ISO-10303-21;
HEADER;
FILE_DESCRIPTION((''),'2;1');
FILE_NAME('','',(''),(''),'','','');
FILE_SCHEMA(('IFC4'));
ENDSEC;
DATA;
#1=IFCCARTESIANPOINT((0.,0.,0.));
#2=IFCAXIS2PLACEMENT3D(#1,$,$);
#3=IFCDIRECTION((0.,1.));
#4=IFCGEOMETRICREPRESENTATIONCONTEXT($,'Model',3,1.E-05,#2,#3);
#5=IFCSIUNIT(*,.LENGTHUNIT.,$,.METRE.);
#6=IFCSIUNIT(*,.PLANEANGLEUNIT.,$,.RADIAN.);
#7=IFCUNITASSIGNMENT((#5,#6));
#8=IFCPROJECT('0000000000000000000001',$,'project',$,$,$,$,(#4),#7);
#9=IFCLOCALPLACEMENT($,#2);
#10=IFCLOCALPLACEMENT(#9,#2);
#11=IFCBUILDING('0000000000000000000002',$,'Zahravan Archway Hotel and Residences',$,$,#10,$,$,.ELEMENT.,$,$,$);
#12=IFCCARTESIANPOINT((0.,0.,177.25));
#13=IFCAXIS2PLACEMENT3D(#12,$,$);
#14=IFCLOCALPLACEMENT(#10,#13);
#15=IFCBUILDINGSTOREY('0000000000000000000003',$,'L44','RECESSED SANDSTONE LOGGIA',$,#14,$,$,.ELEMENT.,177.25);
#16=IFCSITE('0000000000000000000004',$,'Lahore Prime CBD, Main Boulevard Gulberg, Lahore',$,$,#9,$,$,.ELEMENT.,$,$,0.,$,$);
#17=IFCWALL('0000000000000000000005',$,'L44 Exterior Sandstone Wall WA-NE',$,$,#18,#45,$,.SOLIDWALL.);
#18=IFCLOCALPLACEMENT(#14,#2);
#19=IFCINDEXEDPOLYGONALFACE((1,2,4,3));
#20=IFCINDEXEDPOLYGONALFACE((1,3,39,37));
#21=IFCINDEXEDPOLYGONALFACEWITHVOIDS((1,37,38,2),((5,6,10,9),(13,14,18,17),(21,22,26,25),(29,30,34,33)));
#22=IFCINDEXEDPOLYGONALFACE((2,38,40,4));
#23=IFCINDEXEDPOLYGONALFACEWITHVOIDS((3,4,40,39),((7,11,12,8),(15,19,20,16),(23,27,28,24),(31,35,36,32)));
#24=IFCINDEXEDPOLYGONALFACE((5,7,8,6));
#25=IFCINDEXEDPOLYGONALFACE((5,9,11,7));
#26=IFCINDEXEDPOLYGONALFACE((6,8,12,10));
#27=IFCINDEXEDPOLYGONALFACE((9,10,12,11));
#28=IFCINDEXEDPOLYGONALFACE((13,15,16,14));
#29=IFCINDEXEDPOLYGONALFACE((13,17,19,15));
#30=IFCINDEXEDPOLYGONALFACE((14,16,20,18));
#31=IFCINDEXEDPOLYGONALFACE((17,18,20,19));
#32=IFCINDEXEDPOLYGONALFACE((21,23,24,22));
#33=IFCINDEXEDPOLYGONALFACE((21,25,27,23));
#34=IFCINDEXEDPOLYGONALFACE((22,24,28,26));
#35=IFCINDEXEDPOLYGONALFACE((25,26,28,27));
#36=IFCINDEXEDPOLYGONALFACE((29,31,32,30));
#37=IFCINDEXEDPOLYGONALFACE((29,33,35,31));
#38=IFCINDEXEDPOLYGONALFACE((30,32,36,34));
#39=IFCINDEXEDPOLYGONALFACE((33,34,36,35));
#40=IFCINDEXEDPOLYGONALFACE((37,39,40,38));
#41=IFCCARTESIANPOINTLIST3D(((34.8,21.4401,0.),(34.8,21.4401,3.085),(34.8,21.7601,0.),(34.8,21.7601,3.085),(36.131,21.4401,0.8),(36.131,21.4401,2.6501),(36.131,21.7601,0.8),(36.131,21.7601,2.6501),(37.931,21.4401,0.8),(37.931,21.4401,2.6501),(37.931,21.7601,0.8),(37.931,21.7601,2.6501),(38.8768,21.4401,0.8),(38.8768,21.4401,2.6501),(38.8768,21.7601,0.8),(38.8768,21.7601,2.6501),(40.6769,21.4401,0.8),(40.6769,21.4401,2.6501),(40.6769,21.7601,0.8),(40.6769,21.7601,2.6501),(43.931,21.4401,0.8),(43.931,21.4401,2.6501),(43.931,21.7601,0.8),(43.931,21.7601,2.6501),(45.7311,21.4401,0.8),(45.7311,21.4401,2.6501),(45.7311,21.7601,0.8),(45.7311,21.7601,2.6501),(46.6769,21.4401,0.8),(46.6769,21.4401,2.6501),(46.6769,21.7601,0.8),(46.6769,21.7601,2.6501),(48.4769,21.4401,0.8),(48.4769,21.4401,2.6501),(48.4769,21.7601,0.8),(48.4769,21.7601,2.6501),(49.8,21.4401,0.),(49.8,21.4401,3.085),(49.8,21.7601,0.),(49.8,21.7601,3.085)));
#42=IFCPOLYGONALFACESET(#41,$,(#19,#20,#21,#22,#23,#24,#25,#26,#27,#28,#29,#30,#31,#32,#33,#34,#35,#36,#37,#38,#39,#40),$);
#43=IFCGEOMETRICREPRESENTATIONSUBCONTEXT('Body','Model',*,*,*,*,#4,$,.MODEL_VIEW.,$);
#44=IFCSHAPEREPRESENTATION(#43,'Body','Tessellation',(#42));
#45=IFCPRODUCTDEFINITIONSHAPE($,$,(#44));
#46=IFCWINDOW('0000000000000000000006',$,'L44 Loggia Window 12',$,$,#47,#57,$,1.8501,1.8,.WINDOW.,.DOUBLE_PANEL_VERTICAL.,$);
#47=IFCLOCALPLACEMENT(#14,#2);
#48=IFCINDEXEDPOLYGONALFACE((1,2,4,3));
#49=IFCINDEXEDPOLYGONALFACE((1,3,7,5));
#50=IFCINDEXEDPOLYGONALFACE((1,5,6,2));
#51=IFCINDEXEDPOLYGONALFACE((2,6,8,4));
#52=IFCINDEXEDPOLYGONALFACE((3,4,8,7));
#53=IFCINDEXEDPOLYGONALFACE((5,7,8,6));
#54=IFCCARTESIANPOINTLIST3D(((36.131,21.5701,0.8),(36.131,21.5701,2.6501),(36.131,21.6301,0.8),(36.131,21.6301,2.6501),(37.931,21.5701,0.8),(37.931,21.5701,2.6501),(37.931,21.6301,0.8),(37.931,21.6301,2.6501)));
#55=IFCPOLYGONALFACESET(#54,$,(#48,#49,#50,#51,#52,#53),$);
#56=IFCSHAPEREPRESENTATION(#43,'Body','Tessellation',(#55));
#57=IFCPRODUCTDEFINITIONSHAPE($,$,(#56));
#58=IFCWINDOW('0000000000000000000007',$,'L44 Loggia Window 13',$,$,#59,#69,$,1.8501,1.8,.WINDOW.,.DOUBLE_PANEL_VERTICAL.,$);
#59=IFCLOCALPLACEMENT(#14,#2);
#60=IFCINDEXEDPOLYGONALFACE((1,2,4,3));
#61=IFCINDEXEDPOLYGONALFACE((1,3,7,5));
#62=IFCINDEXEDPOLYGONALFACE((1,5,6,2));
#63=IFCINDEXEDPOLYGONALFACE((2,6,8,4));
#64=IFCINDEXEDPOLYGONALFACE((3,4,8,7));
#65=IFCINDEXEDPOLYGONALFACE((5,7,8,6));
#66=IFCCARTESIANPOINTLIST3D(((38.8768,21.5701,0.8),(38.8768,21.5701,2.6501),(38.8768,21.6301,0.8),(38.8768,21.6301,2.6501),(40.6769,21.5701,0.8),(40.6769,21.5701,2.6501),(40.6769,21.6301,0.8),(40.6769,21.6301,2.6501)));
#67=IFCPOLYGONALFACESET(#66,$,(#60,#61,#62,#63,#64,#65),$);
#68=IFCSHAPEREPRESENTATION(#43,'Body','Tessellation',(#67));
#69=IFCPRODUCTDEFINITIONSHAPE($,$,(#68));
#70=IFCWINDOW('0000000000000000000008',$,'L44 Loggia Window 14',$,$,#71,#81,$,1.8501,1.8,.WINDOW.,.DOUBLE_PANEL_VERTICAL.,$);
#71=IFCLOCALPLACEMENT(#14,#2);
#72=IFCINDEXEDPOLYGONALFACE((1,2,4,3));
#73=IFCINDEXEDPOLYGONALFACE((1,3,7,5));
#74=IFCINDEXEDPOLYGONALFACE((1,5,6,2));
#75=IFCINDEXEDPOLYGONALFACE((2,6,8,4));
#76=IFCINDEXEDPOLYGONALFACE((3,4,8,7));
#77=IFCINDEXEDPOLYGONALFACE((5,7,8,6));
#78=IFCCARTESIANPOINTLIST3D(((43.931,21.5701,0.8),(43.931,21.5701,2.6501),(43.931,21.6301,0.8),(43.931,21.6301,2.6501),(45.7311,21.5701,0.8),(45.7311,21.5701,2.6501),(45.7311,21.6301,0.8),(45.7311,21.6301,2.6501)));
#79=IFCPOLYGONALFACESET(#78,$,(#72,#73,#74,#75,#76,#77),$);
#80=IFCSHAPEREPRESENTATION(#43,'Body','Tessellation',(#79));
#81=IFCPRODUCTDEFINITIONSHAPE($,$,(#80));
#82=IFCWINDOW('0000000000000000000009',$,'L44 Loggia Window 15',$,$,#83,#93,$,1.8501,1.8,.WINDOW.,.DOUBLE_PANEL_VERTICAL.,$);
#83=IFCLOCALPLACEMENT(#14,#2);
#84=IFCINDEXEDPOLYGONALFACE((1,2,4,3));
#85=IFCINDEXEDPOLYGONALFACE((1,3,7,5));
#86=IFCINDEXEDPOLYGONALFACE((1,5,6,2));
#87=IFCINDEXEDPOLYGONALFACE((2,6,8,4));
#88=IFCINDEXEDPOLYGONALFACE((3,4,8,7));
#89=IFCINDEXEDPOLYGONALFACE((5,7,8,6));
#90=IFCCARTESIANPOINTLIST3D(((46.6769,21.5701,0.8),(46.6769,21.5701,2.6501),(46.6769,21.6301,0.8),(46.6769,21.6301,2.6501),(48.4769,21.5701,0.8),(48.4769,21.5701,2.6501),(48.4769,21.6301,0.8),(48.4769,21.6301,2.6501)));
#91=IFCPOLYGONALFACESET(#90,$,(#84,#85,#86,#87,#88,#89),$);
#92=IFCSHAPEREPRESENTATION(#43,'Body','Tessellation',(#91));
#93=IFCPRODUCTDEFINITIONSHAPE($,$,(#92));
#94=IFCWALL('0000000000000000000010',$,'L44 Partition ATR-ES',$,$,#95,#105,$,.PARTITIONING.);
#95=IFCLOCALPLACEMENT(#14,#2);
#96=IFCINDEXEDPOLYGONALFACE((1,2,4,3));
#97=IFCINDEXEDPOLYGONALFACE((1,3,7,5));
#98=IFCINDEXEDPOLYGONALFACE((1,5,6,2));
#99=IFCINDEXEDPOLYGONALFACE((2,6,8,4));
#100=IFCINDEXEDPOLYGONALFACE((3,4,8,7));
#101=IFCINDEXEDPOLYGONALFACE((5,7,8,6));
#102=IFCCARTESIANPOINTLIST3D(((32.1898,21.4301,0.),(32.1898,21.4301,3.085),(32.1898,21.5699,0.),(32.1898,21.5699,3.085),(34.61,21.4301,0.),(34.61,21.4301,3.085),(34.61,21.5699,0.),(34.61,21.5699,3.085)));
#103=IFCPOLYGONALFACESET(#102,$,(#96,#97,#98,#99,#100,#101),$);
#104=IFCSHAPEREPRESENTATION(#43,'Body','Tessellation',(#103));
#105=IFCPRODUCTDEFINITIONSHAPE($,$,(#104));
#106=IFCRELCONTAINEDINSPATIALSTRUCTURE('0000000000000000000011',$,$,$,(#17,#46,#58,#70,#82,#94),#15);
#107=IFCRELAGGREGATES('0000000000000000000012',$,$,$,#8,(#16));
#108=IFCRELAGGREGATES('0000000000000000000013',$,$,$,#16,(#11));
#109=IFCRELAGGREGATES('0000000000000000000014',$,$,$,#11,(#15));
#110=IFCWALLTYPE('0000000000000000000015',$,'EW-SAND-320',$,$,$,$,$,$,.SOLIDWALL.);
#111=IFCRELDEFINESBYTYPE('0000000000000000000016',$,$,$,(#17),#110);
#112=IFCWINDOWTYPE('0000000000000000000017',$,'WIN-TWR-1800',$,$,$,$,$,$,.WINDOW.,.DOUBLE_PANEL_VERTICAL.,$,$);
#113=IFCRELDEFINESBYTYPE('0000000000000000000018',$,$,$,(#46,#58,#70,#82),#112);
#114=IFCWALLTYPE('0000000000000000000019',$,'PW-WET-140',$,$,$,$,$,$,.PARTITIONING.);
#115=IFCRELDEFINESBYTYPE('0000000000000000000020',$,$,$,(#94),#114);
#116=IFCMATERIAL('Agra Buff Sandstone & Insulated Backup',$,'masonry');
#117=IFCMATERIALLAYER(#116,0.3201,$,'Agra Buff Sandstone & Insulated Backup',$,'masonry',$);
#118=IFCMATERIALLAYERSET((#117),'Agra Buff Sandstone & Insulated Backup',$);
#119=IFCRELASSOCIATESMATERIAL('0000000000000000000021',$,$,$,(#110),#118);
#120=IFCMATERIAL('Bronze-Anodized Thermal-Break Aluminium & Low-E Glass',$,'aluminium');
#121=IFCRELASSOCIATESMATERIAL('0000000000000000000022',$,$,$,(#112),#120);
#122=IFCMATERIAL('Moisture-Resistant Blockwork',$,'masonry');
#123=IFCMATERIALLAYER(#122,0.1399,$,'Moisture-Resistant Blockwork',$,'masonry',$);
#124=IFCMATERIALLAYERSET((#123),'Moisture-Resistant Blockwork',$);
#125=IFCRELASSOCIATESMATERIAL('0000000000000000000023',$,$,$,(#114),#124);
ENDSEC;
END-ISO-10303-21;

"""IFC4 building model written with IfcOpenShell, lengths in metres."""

from ifc_helpers import new_model, si_unit, direction, frame, frame_2d, origin, place, context, subcontext, project, spatial, rectangle, extrude, source, transform, mapped, material, layer, layer_set, type_object, type_shapes, element, fill, save


model = new_model("IFC4")

# Units and contexts
model_context = context("Model", 3, precision=1e-05, world=origin(), true_north=direction((0.0, 1.0)))
body_context = subcontext(model_context, "Body", "Model", "MODEL_VIEW")
ifc_project = project(units=[si_unit("LENGTHUNIT", "METRE"), si_unit("PLANEANGLEUNIT", "RADIAN")], contexts=[model_context])

# Site, building, storey
site_placement = place(None, origin())
site = spatial("IfcSite", under=ifc_project, at=site_placement, Name="Lahore Prime CBD, Main Boulevard Gulberg, Lahore", CompositionType="ELEMENT", RefElevation=0.0)
building_placement = place(site_placement, origin())
building = spatial("IfcBuilding", under=site, at=building_placement, Name="Zahravan Archway Hotel and Residences", CompositionType="ELEMENT")
storey_placement = place(building_placement, frame((0.0, 0.0, 177.25)))
storey = spatial("IfcBuildingStorey", under=building, at=storey_placement, Name="L44", Description="RECESSED SANDSTONE LOGGIA", CompositionType="ELEMENT", Elevation=177.25)

# Wall, openings, windows
ifc_material_1 = material(Name="Agra Buff Sandstone & Insulated Backup", Category="masonry")
ifc_layer_1 = layer(ifc_material_1, 0.3201, Name="Agra Buff Sandstone & Insulated Backup", Category="masonry")
ifc_layer_set_1 = layer_set([ifc_layer_1], Name="Agra Buff Sandstone & Insulated Backup")
wall_type_1 = type_object("IfcWallType", Name="EW-SAND-320", PredefinedType="SOLIDWALL", material=ifc_layer_set_1)
wall_1_placement = place(storey_placement, frame((34.8, 21.6001, 0.0), z_axis=(0.0, 0.0, 1.0), x_axis=(1.0, 0.0, 0.0)))
wall_1 = element("IfcWall", 1, at=wall_1_placement, inside=storey, type_object=wall_type_1, Name="L44 Exterior Sandstone Wall WA-NE", PredefinedType="SOLIDWALL", context=body_context, shape_type="SweptSolid", body=[
    extrude(rectangle(XDim=15.0, YDim=0.3201, at=frame_2d((7.5, 0.0))), origin(), (0.0, 0.0, 1.0), 3.085),
])
opening_1_placement = place(wall_1_placement, frame((1.3311, 0.0, 0.8)))
opening_1 = element("IfcOpeningElement", 2, at=opening_1_placement, cuts=wall_1, PredefinedType="OPENING", context=body_context, shape_type="SweptSolid", body=[
    extrude(rectangle(XDim=1.8, YDim=1.8501, at=frame_2d((0.8999, 0.925))), frame((0.0, 0.1699, 0.0), z_axis=(0.0, -1.0, 0.0), x_axis=(1.0, 0.0, 0.0)), (0.0, 0.0, 1.0), 0.3401),
])
opening_2_placement = place(wall_1_placement, frame((4.0769, 0.0, 0.8)))
opening_2 = element("IfcOpeningElement", 3, at=opening_2_placement, cuts=wall_1, PredefinedType="OPENING", context=body_context, shape_type="SweptSolid", body=[
    extrude(rectangle(XDim=1.8, YDim=1.8501, at=frame_2d((0.8999, 0.925))), frame((0.0, 0.1699, 0.0), z_axis=(0.0, -1.0, 0.0), x_axis=(1.0, 0.0, 0.0)), (0.0, 0.0, 1.0), 0.3401),
])
opening_3_placement = place(wall_1_placement, frame((9.1311, 0.0, 0.8)))
opening_3 = element("IfcOpeningElement", 4, at=opening_3_placement, cuts=wall_1, PredefinedType="OPENING", context=body_context, shape_type="SweptSolid", body=[
    extrude(rectangle(XDim=1.8, YDim=1.8501, at=frame_2d((0.8999, 0.925))), frame((0.0, 0.1699, 0.0), z_axis=(0.0, -1.0, 0.0), x_axis=(1.0, 0.0, 0.0)), (0.0, 0.0, 1.0), 0.3401),
])
opening_4_placement = place(wall_1_placement, frame((11.877, 0.0, 0.8)))
opening_4 = element("IfcOpeningElement", 5, at=opening_4_placement, cuts=wall_1, PredefinedType="OPENING", context=body_context, shape_type="SweptSolid", body=[
    extrude(rectangle(XDim=1.8, YDim=1.8501, at=frame_2d((0.8999, 0.925))), frame((0.0, 0.1699, 0.0), z_axis=(0.0, -1.0, 0.0), x_axis=(1.0, 0.0, 0.0)), (0.0, 0.0, 1.0), 0.3401),
])
ifc_material_2 = material(Name="Bronze-Anodized Thermal-Break Aluminium & Low-E Glass", Category="aluminium")
window_type = type_object("IfcWindowType", Name="WIN-TWR-1800", PartitioningType="DOUBLE_PANEL_VERTICAL", PredefinedType="WINDOW", material=ifc_material_2)
shared_shape_1 = source(origin(), body_context, "Body", "SweptSolid", [
    extrude(rectangle(XDim=1.8, YDim=1.8501, at=frame_2d((0.8999, 0.925))), frame((0.0, 0.03, 0.0), z_axis=(0.0, -1.0, 0.0), x_axis=(1.0, 0.0, 0.0)), (0.0, 0.0, 1.0), 0.0601),
])
type_shapes(window_type, [shared_shape_1])
window_1_placement = place(opening_1_placement, origin())
window_1 = element("IfcWindow", 6, at=window_1_placement, inside=storey, type_object=window_type, Name="L44 Loggia Window 12", OverallHeight=1.8501, OverallWidth=1.8, PartitioningType="DOUBLE_PANEL_VERTICAL", PredefinedType="WINDOW", context=body_context, shape_type="MappedRepresentation", body=[
    mapped(shared_shape_1, transform((0.0, 0.0, 0.0), scale=1.0)),
])
fill(opening_1, window_1)
window_2_placement = place(opening_2_placement, origin())
window_2 = element("IfcWindow", 7, at=window_2_placement, inside=storey, type_object=window_type, Name="L44 Loggia Window 13", OverallHeight=1.8501, OverallWidth=1.8, PartitioningType="DOUBLE_PANEL_VERTICAL", PredefinedType="WINDOW", context=body_context, shape_type="MappedRepresentation", body=[
    mapped(shared_shape_1, transform((0.0, 0.0, 0.0), scale=1.0)),
])
fill(opening_2, window_2)
window_3_placement = place(opening_3_placement, origin())
window_3 = element("IfcWindow", 8, at=window_3_placement, inside=storey, type_object=window_type, Name="L44 Loggia Window 14", OverallHeight=1.8501, OverallWidth=1.8, PartitioningType="DOUBLE_PANEL_VERTICAL", PredefinedType="WINDOW", context=body_context, shape_type="MappedRepresentation", body=[
    mapped(shared_shape_1, transform((0.0, 0.0, 0.0), scale=1.0)),
])
fill(opening_3, window_3)
window_4_placement = place(opening_4_placement, origin())
window_4 = element("IfcWindow", 9, at=window_4_placement, inside=storey, type_object=window_type, Name="L44 Loggia Window 15", OverallHeight=1.8501, OverallWidth=1.8, PartitioningType="DOUBLE_PANEL_VERTICAL", PredefinedType="WINDOW", context=body_context, shape_type="MappedRepresentation", body=[
    mapped(shared_shape_1, transform((0.0, 0.0, 0.0), scale=1.0)),
])
fill(opening_4, window_4)

# Wall
ifc_material_3 = material(Name="Moisture-Resistant Blockwork", Category="masonry")
ifc_layer_2 = layer(ifc_material_3, 0.1399, Name="Moisture-Resistant Blockwork", Category="masonry")
ifc_layer_set_2 = layer_set([ifc_layer_2], Name="Moisture-Resistant Blockwork")
wall_type_2 = type_object("IfcWallType", Name="PW-WET-140", PredefinedType="PARTITIONING", material=ifc_layer_set_2)
wall_2_placement = place(storey_placement, frame((32.1899, 21.5, 0.0), z_axis=(0.0, 0.0, 1.0), x_axis=(1.0, 0.0, 0.0)))
element("IfcWall", 10, at=wall_2_placement, inside=storey, type_object=wall_type_2, Name="L44 Partition ATR-ES", PredefinedType="PARTITIONING", context=body_context, shape_type="SweptSolid", body=[
    extrude(rectangle(XDim=2.4202, YDim=0.1399, at=frame_2d((1.21, 0.0))), origin(), (0.0, 0.0, 1.0), 3.085),
])

save(model, "model.ifc")
